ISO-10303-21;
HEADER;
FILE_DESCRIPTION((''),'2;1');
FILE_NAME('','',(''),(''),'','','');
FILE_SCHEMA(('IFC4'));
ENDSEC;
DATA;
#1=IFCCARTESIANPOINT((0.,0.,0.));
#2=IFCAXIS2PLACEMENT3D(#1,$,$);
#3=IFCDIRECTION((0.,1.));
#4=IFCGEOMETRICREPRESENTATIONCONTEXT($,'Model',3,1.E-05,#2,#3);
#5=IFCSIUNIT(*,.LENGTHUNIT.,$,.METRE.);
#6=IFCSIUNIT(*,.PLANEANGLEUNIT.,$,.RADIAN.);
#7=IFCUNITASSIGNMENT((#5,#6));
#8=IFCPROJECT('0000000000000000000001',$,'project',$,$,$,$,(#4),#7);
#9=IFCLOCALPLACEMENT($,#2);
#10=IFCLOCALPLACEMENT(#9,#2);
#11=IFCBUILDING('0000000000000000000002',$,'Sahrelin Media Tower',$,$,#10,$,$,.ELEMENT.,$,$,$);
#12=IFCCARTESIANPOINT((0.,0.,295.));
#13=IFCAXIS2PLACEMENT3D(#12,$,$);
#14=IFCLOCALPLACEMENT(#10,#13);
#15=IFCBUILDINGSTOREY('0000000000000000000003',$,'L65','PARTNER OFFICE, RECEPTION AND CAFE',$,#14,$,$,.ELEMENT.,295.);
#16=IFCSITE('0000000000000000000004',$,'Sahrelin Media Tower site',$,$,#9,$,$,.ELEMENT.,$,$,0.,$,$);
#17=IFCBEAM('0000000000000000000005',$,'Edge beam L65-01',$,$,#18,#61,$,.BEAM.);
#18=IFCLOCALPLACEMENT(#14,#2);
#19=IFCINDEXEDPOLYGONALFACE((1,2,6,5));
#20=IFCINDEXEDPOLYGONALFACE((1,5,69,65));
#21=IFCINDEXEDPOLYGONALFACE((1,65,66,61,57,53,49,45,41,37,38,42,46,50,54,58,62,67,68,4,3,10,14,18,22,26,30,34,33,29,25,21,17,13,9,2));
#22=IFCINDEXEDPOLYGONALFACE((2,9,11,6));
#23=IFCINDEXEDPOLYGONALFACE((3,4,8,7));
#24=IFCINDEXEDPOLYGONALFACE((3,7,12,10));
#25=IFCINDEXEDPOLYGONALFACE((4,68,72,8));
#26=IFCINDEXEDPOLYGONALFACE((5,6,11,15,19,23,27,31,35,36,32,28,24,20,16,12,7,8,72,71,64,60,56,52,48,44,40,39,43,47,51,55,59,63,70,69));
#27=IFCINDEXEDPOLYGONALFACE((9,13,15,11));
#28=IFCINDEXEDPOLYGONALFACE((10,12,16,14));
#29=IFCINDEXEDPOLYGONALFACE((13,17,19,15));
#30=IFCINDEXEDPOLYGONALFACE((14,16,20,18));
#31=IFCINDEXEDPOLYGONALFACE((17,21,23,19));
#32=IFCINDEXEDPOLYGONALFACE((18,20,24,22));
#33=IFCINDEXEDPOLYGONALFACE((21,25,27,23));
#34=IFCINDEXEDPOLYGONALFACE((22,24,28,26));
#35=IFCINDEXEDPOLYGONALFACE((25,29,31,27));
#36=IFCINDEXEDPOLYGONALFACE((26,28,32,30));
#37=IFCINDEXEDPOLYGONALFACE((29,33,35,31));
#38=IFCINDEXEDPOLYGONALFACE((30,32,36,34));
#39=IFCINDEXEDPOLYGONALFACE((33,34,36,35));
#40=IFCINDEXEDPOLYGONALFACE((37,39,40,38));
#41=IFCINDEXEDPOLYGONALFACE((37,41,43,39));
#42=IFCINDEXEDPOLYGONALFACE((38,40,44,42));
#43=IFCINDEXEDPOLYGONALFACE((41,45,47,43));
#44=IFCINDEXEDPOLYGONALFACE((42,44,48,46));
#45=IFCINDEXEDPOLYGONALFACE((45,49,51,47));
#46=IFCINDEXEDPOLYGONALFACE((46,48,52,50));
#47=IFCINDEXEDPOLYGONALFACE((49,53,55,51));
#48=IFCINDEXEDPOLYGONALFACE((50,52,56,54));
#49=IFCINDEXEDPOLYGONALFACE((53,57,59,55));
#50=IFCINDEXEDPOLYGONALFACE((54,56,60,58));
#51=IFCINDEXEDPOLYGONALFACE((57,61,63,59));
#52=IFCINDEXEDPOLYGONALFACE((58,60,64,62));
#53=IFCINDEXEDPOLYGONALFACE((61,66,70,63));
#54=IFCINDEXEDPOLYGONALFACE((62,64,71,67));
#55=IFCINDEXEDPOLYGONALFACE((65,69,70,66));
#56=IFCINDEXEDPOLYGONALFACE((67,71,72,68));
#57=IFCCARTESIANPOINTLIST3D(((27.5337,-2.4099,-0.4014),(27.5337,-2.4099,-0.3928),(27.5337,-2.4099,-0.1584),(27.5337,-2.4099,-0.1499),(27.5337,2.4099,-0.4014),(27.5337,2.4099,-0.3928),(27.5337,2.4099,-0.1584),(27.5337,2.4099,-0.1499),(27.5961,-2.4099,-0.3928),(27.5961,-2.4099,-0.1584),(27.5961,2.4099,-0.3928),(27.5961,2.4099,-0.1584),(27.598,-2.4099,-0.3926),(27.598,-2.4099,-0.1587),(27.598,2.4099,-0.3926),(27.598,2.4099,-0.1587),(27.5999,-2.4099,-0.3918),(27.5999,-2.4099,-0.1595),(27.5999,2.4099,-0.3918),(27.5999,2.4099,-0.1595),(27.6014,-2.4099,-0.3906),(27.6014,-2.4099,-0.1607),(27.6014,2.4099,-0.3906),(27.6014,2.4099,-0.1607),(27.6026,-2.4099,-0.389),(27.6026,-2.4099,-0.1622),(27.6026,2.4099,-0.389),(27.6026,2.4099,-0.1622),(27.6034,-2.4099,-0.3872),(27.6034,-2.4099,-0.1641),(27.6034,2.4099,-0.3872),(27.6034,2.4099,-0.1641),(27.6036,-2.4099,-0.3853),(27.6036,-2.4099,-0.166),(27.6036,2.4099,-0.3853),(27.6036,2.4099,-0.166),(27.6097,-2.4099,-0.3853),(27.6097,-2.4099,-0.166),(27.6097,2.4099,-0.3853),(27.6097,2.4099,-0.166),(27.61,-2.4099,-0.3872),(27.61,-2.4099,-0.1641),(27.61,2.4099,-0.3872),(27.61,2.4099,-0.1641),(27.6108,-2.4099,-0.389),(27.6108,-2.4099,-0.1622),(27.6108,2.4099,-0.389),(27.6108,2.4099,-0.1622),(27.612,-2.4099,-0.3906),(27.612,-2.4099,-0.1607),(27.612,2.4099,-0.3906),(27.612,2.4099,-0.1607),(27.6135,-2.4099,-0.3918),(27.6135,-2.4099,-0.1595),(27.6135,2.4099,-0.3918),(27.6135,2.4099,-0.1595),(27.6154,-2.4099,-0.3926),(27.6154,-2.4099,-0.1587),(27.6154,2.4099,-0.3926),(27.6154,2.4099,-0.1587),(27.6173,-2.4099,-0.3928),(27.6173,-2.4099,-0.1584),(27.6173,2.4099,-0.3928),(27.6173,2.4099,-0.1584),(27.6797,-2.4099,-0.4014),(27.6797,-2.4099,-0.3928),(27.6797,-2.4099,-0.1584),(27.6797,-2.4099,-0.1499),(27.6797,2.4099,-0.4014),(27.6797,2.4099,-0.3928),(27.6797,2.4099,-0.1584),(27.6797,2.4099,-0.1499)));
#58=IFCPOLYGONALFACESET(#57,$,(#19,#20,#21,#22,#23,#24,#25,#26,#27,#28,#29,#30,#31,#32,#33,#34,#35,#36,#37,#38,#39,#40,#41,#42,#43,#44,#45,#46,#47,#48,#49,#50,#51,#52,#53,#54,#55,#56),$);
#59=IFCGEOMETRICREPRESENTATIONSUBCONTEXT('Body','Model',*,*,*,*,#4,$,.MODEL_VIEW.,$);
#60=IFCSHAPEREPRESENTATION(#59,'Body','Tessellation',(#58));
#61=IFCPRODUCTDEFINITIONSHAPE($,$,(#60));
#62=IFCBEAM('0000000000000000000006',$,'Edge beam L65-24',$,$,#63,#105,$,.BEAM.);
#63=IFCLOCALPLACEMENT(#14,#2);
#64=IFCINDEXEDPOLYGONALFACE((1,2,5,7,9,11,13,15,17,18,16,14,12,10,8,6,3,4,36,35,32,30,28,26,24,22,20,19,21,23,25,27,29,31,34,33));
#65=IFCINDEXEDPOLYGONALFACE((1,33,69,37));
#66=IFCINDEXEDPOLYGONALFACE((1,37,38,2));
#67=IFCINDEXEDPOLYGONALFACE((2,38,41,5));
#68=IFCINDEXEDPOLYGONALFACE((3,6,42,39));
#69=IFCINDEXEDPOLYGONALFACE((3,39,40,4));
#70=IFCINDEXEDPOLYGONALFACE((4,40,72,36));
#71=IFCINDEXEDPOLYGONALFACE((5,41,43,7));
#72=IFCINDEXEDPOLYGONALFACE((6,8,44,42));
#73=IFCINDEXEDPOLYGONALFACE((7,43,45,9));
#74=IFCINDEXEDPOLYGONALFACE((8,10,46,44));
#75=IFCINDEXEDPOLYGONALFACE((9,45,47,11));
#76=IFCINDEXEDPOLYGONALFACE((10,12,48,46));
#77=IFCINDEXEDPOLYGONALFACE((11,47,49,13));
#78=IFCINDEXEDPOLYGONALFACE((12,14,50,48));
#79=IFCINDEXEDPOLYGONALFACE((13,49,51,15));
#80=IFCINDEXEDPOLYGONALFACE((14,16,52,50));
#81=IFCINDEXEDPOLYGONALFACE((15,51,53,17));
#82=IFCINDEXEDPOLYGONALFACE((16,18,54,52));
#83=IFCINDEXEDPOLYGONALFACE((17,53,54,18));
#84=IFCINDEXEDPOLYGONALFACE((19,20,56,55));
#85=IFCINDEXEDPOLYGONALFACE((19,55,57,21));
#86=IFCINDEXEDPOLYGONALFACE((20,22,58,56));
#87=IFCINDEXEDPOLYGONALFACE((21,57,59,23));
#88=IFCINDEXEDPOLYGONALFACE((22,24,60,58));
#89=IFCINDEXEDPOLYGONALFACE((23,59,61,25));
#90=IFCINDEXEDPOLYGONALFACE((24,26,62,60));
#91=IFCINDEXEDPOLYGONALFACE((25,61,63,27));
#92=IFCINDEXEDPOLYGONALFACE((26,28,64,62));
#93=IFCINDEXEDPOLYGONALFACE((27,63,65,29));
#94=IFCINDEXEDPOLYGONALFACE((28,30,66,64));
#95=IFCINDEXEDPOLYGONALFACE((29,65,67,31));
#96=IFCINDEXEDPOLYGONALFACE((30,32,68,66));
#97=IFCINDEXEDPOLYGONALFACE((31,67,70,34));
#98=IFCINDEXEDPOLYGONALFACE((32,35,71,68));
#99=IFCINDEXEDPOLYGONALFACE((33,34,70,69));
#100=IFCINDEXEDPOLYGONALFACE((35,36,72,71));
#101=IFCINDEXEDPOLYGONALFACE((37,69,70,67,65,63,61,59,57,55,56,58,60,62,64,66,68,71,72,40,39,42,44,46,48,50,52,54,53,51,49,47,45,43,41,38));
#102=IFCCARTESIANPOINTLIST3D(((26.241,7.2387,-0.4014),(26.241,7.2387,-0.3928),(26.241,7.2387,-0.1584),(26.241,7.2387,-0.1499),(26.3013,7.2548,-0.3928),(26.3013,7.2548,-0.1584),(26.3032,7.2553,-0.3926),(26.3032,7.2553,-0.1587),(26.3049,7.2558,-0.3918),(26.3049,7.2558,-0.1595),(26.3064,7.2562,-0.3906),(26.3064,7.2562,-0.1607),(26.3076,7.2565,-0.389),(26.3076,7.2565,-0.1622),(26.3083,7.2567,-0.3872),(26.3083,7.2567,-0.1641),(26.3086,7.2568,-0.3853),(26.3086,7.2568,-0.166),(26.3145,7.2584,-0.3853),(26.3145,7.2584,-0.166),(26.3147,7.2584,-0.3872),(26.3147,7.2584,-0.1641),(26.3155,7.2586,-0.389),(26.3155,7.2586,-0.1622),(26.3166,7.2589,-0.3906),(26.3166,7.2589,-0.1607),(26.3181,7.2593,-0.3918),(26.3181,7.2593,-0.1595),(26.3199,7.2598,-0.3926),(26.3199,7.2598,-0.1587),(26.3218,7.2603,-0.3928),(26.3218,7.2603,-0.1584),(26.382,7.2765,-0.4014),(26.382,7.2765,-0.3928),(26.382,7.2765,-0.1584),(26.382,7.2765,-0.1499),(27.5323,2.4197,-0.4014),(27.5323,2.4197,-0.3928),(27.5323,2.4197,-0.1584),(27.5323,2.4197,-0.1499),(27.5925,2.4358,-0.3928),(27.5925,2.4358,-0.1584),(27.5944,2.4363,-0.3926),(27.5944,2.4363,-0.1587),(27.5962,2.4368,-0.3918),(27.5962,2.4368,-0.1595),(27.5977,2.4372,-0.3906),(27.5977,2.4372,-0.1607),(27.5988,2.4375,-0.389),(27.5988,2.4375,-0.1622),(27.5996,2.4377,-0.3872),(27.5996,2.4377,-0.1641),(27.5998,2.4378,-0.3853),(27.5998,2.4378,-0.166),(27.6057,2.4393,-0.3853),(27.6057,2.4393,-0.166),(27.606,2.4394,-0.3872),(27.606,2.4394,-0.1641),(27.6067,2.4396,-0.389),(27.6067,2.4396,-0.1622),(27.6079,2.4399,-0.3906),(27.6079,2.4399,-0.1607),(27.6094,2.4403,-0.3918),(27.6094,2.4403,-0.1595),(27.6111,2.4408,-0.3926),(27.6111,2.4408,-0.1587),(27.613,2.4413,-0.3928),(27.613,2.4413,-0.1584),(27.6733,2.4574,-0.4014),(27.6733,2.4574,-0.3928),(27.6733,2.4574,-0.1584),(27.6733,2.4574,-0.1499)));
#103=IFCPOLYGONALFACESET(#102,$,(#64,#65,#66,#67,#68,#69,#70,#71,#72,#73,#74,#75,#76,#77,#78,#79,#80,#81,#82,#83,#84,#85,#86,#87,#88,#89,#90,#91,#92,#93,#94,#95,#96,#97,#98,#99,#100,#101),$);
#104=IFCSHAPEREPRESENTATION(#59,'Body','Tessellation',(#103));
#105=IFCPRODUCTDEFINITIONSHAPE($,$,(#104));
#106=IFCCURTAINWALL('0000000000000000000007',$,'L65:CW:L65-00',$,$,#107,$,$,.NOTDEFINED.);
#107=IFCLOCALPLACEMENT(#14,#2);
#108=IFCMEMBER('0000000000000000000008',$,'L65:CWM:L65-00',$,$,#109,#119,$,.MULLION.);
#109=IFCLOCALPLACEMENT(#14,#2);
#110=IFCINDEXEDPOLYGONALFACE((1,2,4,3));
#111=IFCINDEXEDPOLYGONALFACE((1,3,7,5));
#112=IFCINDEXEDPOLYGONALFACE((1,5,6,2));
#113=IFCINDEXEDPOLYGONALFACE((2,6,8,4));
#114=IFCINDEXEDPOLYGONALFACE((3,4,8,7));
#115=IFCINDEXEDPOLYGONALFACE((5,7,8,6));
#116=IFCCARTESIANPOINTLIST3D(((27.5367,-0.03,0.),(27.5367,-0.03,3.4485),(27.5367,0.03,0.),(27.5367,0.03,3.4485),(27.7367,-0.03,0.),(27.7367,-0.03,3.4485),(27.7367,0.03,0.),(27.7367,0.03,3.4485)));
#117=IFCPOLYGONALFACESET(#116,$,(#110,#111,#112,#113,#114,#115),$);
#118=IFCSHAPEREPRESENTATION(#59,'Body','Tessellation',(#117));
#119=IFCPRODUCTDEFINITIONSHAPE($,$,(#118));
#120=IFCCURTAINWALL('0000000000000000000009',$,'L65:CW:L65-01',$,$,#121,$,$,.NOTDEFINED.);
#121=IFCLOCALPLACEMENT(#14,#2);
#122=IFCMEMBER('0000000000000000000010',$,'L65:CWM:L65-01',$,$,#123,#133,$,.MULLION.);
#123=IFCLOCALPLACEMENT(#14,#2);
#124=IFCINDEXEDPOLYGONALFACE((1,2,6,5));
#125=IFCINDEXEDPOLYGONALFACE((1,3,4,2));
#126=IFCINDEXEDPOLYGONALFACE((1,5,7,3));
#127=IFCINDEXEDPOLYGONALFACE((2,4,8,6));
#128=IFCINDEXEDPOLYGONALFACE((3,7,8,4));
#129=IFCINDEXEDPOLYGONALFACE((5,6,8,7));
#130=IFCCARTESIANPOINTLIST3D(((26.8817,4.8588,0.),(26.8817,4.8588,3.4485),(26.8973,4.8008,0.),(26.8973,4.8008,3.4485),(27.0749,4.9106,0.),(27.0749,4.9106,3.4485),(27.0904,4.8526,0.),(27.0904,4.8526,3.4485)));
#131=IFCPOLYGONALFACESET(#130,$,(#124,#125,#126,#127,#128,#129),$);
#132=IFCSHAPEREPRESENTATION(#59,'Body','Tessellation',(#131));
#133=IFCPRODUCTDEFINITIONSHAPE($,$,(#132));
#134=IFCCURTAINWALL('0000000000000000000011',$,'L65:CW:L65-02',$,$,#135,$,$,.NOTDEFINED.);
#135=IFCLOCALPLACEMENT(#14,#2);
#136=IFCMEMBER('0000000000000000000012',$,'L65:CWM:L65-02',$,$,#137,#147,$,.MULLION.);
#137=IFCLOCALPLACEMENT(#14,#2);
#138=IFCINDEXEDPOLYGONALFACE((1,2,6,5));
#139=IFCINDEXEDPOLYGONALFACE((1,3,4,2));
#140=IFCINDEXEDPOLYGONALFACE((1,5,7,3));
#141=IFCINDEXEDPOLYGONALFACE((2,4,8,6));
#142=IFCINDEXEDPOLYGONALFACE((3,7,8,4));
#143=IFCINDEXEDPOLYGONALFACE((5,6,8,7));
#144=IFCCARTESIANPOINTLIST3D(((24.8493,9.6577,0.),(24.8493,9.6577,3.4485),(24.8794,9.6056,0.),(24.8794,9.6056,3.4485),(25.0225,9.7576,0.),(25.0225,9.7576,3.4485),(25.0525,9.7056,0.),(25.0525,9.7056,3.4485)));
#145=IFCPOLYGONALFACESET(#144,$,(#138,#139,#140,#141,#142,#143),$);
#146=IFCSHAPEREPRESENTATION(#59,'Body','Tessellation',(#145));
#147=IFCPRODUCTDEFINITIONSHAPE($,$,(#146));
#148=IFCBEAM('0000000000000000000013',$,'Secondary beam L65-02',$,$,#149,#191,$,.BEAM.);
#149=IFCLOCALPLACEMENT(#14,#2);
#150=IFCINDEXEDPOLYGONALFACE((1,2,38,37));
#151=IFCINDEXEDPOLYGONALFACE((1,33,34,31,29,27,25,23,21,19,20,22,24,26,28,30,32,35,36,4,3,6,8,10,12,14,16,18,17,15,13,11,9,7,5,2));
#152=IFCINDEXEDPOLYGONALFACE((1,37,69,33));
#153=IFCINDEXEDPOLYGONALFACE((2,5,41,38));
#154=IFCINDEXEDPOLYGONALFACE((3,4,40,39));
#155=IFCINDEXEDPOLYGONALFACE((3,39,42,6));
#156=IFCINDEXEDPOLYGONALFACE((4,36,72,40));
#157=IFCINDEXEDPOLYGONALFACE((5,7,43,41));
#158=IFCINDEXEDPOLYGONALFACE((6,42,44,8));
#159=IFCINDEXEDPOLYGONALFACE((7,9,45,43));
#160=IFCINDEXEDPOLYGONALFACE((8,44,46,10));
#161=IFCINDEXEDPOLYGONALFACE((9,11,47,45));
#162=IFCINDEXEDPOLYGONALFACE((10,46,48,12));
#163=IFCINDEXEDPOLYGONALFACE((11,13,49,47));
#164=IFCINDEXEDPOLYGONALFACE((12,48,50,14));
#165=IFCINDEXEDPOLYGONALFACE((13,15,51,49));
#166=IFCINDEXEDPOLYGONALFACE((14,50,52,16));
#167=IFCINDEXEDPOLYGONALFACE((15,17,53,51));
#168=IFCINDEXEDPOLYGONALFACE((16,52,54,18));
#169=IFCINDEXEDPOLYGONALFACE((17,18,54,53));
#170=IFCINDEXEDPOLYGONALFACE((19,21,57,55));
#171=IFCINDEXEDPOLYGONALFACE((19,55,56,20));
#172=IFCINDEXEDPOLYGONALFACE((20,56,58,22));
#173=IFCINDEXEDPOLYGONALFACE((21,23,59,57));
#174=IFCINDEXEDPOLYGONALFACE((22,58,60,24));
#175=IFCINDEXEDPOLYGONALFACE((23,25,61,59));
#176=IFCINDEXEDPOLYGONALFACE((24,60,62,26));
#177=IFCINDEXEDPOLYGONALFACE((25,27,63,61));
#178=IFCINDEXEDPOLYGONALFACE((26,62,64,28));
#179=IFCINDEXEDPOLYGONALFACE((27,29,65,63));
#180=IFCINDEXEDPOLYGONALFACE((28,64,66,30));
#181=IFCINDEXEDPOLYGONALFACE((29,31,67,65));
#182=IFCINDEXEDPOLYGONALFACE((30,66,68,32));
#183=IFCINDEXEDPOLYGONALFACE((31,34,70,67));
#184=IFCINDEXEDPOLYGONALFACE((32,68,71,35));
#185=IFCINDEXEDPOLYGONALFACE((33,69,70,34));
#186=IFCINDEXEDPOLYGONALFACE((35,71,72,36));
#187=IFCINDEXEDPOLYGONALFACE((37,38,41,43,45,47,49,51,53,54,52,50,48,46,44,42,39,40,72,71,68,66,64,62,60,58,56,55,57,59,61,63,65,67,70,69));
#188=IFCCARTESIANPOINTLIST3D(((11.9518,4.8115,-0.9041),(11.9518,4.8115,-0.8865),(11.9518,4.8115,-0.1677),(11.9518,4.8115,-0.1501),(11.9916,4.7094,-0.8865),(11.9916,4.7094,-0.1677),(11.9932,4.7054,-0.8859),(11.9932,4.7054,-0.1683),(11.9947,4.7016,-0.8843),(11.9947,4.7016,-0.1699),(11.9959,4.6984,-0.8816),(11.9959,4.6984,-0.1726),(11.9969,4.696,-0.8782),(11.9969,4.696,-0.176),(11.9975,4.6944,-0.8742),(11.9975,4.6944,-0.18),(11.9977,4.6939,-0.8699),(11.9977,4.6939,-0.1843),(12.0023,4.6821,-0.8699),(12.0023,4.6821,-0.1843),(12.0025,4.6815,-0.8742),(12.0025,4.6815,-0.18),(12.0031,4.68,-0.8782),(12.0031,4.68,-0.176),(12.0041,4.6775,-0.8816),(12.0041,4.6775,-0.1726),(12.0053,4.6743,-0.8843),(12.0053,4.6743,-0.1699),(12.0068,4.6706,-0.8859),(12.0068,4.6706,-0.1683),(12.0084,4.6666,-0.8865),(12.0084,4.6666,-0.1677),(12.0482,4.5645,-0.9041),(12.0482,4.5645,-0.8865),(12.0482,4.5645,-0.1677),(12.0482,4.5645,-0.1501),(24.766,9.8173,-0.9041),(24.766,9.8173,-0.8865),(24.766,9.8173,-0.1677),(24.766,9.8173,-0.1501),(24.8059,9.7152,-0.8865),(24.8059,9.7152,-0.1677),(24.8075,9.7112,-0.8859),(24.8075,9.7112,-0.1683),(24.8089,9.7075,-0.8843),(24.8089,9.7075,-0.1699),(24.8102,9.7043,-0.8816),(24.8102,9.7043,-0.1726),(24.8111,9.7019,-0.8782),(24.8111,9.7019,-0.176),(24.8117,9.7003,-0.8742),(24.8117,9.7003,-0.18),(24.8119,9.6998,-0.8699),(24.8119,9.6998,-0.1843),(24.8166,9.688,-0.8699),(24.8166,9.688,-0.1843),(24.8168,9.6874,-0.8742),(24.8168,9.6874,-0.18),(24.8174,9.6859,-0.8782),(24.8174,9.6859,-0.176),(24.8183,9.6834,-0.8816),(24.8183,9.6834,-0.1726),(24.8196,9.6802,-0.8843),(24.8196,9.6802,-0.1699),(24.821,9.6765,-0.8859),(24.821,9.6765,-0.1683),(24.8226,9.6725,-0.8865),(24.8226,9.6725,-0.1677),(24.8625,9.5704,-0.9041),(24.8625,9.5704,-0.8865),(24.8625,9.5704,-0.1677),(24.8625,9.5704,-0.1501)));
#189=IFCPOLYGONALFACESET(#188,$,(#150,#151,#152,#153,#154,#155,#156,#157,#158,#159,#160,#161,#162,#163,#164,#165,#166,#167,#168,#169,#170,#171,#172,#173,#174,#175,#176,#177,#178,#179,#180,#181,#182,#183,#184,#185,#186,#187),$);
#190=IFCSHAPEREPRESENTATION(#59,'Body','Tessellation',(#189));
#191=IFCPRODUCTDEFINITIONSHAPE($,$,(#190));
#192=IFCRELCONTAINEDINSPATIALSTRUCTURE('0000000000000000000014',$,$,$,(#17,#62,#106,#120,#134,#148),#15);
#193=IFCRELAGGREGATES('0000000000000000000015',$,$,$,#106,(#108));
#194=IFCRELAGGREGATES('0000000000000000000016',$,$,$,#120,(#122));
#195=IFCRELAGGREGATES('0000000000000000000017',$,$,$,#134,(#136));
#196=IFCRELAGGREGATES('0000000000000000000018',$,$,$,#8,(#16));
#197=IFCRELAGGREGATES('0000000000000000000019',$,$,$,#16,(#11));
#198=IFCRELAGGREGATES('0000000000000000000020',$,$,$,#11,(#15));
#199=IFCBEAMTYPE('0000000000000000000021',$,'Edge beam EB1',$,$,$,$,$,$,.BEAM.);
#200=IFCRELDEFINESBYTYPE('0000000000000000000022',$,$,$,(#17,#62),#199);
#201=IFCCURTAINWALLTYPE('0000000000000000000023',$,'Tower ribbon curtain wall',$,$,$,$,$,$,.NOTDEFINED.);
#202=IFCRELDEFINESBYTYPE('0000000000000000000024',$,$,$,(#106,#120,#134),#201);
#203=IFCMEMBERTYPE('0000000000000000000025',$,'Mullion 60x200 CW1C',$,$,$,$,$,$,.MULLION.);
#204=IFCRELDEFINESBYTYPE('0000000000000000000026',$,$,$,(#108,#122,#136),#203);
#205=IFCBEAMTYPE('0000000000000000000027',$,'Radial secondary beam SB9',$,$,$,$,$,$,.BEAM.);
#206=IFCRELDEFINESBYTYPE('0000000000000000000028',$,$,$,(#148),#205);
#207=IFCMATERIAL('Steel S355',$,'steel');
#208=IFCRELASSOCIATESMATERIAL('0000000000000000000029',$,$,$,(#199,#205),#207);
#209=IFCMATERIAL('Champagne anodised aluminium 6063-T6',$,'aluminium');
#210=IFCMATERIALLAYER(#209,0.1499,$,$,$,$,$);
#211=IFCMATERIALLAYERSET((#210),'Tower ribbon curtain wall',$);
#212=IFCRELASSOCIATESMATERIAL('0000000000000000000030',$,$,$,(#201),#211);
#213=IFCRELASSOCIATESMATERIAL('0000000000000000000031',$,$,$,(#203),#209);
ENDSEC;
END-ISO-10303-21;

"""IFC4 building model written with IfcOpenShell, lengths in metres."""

from ifc_helpers import new_model, si_unit, direction, frame, origin, origin_2d, place, context, subcontext, project, spatial, rectangle, i_section, extrude, material, layer, layer_set, material_profile, profile_set, type_object, element, aggregate, save


model = new_model("IFC4")

# Units and contexts
model_context = context("Model", 3, precision=1e-05, world=origin(), true_north=direction((0.0, 1.0)))
body_context = subcontext(model_context, "Body", "Model", "MODEL_VIEW")
ifc_project = project(units=[si_unit("LENGTHUNIT", "METRE"), si_unit("PLANEANGLEUNIT", "RADIAN")], contexts=[model_context])

# Site, building, storey
site_placement = place(None, origin())
site = spatial("IfcSite", under=ifc_project, at=site_placement, Name="Sahrelin Media Tower site", CompositionType="ELEMENT", RefElevation=0.0)
building_placement = place(site_placement, origin())
building = spatial("IfcBuilding", under=site, at=building_placement, Name="Sahrelin Media Tower", CompositionType="ELEMENT")
storey_placement = place(building_placement, frame((0.0, 0.0, 295.0)))
storey = spatial("IfcBuildingStorey", under=building, at=storey_placement, Name="L65", Description="PARTNER OFFICE, RECEPTION AND CAFE", CompositionType="ELEMENT", Elevation=295.0)

# Beams
ifc_material_1 = material(Name="Steel S355", Category="steel")
ifc_material_profile_1 = material_profile(ifc_material_1, i_section(OverallWidth=0.146, OverallDepth=0.2515, WebThickness=0.0061, FlangeThickness=0.0085, FilletRadius=0.0076, at=origin_2d()), Name="UB 254x146x31")
ifc_profile_set_1 = profile_set([ifc_material_profile_1], Name="Steel S355")
beam_type_1 = type_object("IfcBeamType", Name="Edge beam EB1", PredefinedType="BEAM", material=ifc_profile_set_1)
beam_1_placement = place(storey_placement, frame((27.6067, 2.4099, -0.2756), z_axis=(0.0, -1.0, 0.0), x_axis=(1.0, 0.0, 0.0)))
element("IfcBeam", 1, at=beam_1_placement, inside=storey, type_object=beam_type_1, Name="Edge beam L65-01", PredefinedType="BEAM", context=body_context, shape_type="SweptSolid", body=[
    extrude(i_section(OverallWidth=0.146, OverallDepth=0.2515, WebThickness=0.0061, FlangeThickness=0.0085, FilletRadius=0.0076, at=origin_2d()), origin(), (0.0, 0.0, 1.0), 4.8198),
])
beam_2_placement = place(storey_placement, frame((26.3115, 7.2576, -0.2756), z_axis=(0.258817, -0.965926, 0.0), x_axis=(0.965926, 0.258817, 0.0)))
element("IfcBeam", 2, at=beam_2_placement, inside=storey, type_object=beam_type_1, Name="Edge beam L65-24", PredefinedType="BEAM", context=body_context, shape_type="SweptSolid", body=[
    extrude(i_section(OverallWidth=0.146, OverallDepth=0.2515, WebThickness=0.0061, FlangeThickness=0.0085, FilletRadius=0.0076, at=origin_2d()), origin(), (0.0, 0.0, 1.0), 4.989),
])

# Curtain walls, members
ifc_material_2 = material(Name="Champagne anodised aluminium 6063-T6", Category="aluminium")
ifc_layer_1 = layer(ifc_material_2, 0.1499)
ifc_layer_set_1 = layer_set([ifc_layer_1], Name="Tower ribbon curtain wall")
curtain_wall_type = type_object("IfcCurtainWallType", Name="Tower ribbon curtain wall", PredefinedType="NOTDEFINED", material=ifc_layer_set_1)
curtain_wall_1_placement = place(storey_placement, frame((27.7566, 0.0, 0.0), z_axis=(0.0, 0.0, 1.0), x_axis=(1.0, 0.0, 0.0)))
curtain_wall_1 = element("IfcCurtainWall", 3, at=curtain_wall_1_placement, inside=storey, type_object=curtain_wall_type, Name="L65:CW:L65-00", PredefinedType="NOTDEFINED")
ifc_material_profile_2 = material_profile(ifc_material_2, rectangle(XDim=0.0601, YDim=0.2, at=origin_2d()), Name="Mullion 60x200")
ifc_profile_set_2 = profile_set([ifc_material_profile_2], Name="Champagne anodised aluminium 6063-T6")
member_type_1 = type_object("IfcMemberType", Name="Mullion 60x200 CW1C", PredefinedType="MULLION", material=ifc_profile_set_2)
member_1_placement = place(storey_placement, frame((27.6367, 0.0, 0.0), z_axis=(0.0, 0.0, 1.0), x_axis=(0.0, 1.0, 0.0)))
member_1 = element("IfcMember", 4, at=member_1_placement, type_object=member_type_1, Name="L65:CWM:L65-00", PredefinedType="MULLION", context=body_context, shape_type="SweptSolid", body=[
    extrude(rectangle(XDim=0.0601, YDim=0.2, at=origin_2d()), origin(), (0.0, 0.0, 1.0), 3.4485),
])
aggregate(curtain_wall_1, [member_1])
curtain_wall_2_placement = place(storey_placement, frame((27.1021, 4.8867, 0.0), z_axis=(0.0, 0.0, 1.0), x_axis=(1.0, 0.0, 0.0)))
curtain_wall_2 = element("IfcCurtainWall", 5, at=curtain_wall_2_placement, inside=storey, type_object=curtain_wall_type, Name="L65:CW:L65-01", PredefinedType="NOTDEFINED")
member_2_placement = place(storey_placement, frame((26.9861, 4.8557, 0.0), z_axis=(0.0, 0.0, 1.0), x_axis=(-0.258817, 0.965926, 0.0)))
member_2 = element("IfcMember", 6, at=member_2_placement, type_object=member_type_1, Name="L65:CWM:L65-01", PredefinedType="MULLION", context=body_context, shape_type="SweptSolid", body=[
    extrude(rectangle(XDim=0.0601, YDim=0.2, at=origin_2d()), origin(), (0.0, 0.0, 1.0), 3.4485),
])
curtain_wall_3_placement = place(storey_placement, frame((25.0547, 9.7417, 0.0), z_axis=(0.0, 0.0, 1.0), x_axis=(1.0, 0.0, 0.0)))
curtain_wall_3 = element("IfcCurtainWall", 7, at=curtain_wall_3_placement, inside=storey, type_object=curtain_wall_type, Name="L65:CW:L65-02", PredefinedType="NOTDEFINED")
member_3_placement = place(storey_placement, frame((24.9509, 9.6816, 0.0), z_axis=(0.0, 0.0, 1.0), x_axis=(-0.500011, 0.866019, 0.0)))
member_3 = element("IfcMember", 8, at=member_3_placement, type_object=member_type_1, Name="L65:CWM:L65-02", PredefinedType="MULLION", context=body_context, shape_type="SweptSolid", body=[
    extrude(rectangle(XDim=0.0601, YDim=0.2, at=origin_2d()), origin(), (0.0, 0.0, 1.0), 3.4485),
])

# Beam
ifc_material_profile_3 = material_profile(ifc_material_1, i_section(OverallWidth=0.2651, OverallDepth=0.7539, WebThickness=0.0127, FlangeThickness=0.0176, FilletRadius=0.0166, at=origin_2d()), Name="UB 762x267x147")
ifc_profile_set_3 = profile_set([ifc_material_profile_3], Name="Steel S355")
beam_type_2 = type_object("IfcBeamType", Name="Radial secondary beam SB9", PredefinedType="BEAM", material=ifc_profile_set_3)
beam_3_placement = place(storey_placement, frame((12.0, 4.688, -0.5271), z_axis=(0.93145, 0.36387, 0.0), x_axis=(-0.36387, 0.93145, 0.0)))
element("IfcBeam", 9, at=beam_3_placement, inside=storey, type_object=beam_type_2, Name="Secondary beam L65-02", PredefinedType="BEAM", context=body_context, shape_type="SweptSolid", body=[
    extrude(i_section(OverallWidth=0.2651, OverallDepth=0.7539, WebThickness=0.0127, FlangeThickness=0.0176, FilletRadius=0.0166, at=origin_2d()), origin(), (0.0, 0.0, 1.0), 13.7573),
])

aggregate(curtain_wall_2, [member_2])
aggregate(curtain_wall_3, [member_3])

save(model, "model.ifc")
